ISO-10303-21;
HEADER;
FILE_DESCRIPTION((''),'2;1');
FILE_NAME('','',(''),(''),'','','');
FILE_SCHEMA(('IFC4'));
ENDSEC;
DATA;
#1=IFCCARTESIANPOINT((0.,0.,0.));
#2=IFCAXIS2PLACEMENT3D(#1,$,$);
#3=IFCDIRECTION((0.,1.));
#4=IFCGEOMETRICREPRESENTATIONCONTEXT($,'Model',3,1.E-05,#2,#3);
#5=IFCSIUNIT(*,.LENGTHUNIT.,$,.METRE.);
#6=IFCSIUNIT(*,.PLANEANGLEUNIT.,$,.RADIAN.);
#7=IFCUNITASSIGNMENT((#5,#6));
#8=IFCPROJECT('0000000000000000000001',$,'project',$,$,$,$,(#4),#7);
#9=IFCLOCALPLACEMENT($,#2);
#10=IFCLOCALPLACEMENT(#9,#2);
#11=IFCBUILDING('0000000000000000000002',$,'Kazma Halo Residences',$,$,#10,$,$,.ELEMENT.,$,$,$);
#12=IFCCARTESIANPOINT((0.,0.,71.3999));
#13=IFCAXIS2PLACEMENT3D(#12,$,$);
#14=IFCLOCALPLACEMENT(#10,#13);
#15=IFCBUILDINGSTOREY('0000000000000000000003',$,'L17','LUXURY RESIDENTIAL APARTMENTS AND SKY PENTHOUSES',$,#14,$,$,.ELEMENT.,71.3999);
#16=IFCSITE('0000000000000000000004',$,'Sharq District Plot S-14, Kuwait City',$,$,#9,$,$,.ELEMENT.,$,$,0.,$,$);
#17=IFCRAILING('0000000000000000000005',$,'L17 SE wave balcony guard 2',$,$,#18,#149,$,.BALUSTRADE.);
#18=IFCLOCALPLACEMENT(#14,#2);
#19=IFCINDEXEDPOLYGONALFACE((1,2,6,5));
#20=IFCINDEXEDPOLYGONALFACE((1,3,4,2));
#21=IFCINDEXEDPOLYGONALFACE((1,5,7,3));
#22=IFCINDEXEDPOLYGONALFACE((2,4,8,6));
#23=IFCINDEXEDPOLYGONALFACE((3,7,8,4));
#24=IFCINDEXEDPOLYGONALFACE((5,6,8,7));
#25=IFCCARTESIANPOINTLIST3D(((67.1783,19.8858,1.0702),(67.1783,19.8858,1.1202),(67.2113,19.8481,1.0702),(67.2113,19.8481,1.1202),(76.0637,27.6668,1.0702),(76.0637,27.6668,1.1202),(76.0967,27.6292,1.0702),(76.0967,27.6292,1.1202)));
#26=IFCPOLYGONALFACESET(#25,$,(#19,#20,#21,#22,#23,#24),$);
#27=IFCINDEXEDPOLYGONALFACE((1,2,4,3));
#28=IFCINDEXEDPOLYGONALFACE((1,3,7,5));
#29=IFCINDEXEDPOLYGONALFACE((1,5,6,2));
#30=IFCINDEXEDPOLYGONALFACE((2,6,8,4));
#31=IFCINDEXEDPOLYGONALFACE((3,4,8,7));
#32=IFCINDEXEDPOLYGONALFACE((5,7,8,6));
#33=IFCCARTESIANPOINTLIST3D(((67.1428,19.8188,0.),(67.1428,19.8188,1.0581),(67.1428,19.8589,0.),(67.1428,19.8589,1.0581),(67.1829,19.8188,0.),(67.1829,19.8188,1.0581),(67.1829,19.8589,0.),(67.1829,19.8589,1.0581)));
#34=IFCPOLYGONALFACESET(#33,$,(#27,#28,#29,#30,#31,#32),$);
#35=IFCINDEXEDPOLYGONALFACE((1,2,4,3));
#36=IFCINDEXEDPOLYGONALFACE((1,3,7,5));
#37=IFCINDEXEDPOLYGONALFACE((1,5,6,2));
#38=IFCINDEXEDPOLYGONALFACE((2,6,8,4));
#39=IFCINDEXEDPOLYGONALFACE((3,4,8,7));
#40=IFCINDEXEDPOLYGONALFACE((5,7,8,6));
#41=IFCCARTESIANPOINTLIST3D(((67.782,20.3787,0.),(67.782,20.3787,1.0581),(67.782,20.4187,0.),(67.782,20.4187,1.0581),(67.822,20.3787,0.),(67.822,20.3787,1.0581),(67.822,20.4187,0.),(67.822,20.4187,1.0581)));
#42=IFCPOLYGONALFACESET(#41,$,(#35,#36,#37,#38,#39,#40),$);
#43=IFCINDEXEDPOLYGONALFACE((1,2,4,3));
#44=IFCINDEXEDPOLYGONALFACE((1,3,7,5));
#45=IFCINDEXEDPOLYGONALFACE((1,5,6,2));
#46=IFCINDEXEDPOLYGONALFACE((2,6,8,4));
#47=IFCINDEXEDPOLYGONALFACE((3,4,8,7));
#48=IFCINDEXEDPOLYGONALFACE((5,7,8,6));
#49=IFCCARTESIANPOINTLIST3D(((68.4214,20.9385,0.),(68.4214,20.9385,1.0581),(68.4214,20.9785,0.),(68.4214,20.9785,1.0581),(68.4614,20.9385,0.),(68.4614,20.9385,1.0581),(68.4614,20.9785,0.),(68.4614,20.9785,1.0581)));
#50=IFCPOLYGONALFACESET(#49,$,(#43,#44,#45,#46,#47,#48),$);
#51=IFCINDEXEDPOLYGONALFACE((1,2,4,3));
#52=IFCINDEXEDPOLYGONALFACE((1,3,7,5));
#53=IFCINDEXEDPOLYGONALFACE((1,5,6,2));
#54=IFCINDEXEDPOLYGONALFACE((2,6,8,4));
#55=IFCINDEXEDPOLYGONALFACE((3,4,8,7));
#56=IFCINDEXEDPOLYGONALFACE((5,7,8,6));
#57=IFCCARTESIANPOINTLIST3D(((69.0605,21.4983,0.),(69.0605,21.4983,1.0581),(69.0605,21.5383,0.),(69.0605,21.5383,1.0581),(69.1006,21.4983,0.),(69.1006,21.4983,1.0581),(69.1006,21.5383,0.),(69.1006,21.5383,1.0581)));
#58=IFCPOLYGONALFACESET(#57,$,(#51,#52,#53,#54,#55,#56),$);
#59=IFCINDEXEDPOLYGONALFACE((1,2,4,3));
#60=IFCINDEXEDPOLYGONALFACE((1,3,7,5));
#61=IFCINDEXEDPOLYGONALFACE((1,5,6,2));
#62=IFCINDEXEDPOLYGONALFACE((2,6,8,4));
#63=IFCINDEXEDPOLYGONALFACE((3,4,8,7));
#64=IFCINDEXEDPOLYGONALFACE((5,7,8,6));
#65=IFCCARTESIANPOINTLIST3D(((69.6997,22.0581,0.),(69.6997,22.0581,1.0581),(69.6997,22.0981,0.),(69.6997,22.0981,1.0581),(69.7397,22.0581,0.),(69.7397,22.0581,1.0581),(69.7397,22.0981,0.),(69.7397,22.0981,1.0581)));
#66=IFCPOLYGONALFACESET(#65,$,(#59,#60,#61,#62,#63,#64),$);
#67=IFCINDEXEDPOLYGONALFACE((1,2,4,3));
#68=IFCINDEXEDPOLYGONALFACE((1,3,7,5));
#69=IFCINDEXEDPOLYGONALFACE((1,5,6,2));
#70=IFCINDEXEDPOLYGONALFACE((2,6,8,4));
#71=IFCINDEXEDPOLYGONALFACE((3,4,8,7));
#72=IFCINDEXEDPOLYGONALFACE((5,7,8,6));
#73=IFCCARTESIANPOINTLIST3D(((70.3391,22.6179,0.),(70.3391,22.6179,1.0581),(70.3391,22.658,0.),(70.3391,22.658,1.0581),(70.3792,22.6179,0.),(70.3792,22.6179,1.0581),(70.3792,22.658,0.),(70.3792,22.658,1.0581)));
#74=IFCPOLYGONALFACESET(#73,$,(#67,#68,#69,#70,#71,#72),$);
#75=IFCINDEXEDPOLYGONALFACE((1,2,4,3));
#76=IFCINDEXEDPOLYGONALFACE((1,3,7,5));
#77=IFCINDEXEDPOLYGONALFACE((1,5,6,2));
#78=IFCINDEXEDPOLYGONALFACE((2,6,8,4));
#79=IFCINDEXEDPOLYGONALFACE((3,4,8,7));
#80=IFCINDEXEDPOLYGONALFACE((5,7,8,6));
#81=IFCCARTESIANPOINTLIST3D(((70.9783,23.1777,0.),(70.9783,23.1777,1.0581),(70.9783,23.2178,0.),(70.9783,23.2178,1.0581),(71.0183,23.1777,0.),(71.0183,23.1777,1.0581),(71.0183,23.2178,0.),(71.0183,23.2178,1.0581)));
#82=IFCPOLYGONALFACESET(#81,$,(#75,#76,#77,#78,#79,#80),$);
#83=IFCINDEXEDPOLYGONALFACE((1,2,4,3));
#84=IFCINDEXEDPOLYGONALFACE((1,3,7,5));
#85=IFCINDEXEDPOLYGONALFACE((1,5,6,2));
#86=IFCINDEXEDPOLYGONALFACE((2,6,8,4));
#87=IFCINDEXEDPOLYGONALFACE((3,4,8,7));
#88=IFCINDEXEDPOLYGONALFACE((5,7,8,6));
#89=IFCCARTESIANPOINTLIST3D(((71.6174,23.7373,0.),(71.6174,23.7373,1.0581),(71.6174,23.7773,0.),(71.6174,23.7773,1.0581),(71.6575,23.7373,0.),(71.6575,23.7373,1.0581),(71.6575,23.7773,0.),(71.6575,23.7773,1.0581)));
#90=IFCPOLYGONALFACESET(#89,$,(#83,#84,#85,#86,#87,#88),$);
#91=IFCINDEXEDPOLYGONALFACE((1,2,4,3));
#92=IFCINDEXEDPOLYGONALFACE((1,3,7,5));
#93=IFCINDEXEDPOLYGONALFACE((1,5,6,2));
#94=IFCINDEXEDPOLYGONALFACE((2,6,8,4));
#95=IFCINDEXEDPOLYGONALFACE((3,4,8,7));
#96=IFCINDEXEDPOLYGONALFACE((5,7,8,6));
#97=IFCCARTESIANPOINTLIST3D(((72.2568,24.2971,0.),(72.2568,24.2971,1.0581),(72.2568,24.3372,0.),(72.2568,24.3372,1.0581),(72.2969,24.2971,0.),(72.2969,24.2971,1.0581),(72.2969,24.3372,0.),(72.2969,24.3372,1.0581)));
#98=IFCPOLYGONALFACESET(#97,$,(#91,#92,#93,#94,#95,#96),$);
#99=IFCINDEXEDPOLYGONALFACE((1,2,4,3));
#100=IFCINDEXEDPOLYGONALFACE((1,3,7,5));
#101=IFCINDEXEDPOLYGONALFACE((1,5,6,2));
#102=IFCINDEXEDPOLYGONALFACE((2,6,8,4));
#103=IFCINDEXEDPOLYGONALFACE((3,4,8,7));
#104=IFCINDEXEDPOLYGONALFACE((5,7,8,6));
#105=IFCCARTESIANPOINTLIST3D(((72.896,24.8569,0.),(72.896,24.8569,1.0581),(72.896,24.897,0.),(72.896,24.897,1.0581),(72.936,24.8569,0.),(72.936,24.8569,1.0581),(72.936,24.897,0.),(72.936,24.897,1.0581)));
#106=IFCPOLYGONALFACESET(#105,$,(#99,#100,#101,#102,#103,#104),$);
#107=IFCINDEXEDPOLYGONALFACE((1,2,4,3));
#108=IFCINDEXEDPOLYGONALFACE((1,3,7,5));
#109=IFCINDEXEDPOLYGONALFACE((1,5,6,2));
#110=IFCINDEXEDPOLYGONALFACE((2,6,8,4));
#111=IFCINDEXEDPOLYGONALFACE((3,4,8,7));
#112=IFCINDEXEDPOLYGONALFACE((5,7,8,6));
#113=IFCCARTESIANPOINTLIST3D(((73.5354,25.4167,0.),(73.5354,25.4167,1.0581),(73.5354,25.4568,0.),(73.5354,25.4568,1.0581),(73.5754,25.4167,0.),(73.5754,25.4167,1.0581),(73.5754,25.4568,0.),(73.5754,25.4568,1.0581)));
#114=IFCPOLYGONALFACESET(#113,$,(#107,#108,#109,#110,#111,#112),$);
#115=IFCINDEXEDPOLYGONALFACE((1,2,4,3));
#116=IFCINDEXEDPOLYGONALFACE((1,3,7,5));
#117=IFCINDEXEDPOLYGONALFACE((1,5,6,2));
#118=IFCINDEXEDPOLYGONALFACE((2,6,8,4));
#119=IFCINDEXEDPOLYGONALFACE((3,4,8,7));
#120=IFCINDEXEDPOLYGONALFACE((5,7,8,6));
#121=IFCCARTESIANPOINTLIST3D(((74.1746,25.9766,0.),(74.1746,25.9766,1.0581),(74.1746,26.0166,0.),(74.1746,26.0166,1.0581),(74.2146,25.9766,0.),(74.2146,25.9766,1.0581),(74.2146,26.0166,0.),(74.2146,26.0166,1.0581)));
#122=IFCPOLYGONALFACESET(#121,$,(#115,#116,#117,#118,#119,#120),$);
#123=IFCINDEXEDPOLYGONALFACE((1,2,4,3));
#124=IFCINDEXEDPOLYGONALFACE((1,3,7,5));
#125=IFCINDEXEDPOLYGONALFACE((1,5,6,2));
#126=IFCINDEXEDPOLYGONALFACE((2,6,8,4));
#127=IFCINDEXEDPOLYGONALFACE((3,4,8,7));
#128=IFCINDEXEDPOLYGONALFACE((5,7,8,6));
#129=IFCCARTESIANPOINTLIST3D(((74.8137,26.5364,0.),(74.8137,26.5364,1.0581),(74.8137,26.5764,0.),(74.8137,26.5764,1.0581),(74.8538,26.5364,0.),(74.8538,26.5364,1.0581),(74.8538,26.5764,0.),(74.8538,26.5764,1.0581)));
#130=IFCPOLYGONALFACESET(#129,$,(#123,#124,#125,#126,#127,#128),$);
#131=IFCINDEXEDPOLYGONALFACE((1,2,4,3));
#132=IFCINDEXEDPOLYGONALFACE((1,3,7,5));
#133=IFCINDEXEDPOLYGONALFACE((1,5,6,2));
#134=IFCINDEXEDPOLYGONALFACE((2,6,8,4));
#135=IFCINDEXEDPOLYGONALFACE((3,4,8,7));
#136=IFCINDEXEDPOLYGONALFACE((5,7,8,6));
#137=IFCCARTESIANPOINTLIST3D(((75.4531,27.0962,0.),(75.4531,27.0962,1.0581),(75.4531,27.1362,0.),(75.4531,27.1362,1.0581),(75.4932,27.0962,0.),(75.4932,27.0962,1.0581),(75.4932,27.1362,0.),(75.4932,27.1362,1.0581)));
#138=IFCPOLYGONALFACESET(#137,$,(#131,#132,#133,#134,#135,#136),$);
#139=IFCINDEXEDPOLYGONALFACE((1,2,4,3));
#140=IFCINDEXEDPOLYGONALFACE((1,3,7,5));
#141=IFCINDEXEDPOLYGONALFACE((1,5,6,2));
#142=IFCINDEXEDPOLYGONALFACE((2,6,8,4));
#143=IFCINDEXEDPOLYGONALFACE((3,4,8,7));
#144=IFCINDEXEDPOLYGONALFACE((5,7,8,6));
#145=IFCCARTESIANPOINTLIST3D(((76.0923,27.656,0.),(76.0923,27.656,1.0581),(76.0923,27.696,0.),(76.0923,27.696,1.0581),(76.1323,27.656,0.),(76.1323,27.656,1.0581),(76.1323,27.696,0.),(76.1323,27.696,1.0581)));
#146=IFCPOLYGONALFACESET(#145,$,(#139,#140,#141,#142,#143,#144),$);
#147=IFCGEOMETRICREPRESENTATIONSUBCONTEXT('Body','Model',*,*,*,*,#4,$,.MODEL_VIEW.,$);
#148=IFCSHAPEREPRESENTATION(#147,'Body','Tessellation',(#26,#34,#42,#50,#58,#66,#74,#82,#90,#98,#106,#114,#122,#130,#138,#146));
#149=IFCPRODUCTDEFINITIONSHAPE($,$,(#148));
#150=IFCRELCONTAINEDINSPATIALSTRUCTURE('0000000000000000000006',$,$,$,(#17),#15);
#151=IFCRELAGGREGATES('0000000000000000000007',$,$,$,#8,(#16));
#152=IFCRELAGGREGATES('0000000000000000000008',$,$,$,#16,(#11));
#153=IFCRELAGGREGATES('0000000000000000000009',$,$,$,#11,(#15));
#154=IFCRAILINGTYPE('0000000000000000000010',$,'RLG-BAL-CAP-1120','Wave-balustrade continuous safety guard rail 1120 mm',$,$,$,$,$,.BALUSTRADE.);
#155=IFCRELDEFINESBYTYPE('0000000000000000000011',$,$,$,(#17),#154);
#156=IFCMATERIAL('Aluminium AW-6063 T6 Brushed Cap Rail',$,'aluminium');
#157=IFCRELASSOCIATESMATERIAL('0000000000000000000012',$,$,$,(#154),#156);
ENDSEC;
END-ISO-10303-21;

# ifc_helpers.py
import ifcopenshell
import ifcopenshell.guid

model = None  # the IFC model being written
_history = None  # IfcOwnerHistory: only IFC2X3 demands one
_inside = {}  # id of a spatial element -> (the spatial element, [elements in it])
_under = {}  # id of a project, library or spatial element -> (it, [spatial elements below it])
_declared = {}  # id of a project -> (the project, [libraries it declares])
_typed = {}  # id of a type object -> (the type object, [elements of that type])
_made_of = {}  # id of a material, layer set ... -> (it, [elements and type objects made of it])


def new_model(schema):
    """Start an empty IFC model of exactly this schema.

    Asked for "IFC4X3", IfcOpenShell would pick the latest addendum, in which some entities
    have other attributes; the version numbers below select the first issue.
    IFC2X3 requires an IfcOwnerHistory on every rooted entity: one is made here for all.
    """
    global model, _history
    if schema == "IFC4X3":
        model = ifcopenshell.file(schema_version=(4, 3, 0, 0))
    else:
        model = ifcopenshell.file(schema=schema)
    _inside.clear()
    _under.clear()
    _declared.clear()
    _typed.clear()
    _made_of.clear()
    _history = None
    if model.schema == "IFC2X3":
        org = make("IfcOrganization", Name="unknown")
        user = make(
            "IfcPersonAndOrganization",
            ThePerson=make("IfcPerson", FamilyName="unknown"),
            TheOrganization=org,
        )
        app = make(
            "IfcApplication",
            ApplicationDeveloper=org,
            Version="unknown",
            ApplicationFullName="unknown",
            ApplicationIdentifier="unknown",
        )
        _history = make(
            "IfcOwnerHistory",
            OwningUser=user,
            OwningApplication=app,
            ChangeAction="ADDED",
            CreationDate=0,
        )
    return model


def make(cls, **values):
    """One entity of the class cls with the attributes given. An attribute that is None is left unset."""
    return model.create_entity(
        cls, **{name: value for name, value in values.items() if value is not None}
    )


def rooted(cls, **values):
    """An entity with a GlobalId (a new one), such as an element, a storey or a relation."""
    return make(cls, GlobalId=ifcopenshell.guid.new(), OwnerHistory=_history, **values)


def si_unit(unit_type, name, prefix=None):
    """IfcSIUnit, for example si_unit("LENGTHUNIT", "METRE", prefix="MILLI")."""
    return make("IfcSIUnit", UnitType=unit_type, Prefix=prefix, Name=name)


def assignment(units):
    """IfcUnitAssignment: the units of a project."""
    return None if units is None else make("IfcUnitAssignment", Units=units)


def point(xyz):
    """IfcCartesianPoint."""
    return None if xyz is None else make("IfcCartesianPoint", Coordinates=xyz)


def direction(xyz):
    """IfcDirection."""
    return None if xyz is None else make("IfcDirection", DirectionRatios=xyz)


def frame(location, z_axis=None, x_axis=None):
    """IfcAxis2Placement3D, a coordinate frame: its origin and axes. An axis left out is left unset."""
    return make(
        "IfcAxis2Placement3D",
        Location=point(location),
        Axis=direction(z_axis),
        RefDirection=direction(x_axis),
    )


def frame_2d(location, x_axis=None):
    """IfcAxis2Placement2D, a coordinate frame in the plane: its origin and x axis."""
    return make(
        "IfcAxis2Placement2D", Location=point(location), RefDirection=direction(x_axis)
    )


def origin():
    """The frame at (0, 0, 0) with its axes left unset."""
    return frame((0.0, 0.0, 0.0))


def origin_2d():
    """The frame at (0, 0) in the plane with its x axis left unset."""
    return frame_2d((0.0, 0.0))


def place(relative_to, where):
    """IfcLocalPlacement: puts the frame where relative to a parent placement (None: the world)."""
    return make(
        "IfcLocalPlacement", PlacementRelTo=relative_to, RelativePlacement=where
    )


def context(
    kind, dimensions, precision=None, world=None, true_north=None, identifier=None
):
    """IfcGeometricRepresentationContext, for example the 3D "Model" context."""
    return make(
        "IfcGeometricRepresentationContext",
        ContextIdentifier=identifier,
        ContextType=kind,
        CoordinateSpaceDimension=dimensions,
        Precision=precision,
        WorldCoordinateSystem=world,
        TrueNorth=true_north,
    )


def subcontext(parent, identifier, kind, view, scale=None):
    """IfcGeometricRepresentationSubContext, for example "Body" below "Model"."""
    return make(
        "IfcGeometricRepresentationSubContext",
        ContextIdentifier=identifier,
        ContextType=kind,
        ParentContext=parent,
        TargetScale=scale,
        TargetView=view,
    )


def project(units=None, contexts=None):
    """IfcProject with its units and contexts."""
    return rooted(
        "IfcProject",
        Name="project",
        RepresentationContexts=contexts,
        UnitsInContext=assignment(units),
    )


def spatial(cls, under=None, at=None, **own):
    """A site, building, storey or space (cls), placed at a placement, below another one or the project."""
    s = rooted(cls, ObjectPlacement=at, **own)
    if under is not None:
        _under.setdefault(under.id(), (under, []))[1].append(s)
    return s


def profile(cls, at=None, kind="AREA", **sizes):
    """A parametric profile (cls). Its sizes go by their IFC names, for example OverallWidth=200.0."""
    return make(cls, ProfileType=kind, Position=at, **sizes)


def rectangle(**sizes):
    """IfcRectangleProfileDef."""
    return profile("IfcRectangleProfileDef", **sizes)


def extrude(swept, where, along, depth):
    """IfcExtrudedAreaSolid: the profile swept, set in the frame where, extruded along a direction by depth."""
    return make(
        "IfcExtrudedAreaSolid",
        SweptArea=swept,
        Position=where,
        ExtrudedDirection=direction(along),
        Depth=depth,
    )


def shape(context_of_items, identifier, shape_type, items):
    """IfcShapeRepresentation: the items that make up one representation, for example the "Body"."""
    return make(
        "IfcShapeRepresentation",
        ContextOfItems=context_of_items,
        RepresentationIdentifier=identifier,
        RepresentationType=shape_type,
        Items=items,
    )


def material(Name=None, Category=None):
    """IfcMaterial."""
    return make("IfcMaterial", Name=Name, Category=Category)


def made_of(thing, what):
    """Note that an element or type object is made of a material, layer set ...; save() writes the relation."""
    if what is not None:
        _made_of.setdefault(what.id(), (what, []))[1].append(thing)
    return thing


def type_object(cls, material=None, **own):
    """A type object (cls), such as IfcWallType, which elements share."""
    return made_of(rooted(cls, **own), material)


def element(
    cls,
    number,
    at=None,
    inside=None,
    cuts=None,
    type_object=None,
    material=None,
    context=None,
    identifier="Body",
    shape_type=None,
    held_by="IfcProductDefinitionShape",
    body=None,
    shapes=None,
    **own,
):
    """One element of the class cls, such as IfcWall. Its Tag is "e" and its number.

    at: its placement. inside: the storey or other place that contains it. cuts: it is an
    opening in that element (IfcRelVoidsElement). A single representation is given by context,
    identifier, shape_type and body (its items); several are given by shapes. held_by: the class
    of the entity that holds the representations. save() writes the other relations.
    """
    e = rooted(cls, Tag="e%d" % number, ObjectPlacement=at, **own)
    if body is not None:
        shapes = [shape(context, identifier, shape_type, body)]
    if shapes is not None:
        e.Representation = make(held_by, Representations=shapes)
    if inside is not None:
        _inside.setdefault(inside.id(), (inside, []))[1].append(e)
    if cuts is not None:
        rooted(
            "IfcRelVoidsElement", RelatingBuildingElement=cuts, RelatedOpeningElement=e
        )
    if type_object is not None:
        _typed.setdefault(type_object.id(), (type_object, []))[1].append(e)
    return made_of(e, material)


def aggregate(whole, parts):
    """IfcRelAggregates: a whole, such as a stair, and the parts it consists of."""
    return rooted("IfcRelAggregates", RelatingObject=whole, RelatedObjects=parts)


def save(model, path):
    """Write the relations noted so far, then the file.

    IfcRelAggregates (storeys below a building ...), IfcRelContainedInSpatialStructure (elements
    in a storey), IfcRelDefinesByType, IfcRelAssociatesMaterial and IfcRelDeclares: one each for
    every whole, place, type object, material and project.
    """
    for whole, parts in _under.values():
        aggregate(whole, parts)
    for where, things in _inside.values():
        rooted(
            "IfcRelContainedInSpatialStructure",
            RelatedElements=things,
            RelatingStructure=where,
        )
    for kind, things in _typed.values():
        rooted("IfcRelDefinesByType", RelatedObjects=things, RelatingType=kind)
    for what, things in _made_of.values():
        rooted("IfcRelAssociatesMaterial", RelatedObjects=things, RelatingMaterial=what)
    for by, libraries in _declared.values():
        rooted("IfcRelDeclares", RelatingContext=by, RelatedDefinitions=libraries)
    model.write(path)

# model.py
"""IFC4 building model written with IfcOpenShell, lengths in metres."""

from ifc_helpers import new_model, si_unit, direction, frame, origin, origin_2d, place, context, subcontext, project, spatial, rectangle, extrude, material, type_object, element, save


model = new_model("IFC4")

# Units and contexts
model_context = context("Model", 3, precision=1e-05, world=origin(), true_north=direction((0.0, 1.0)))
body_context = subcontext(model_context, "Body", "Model", "MODEL_VIEW")
ifc_project = project(units=[si_unit("LENGTHUNIT", "METRE"), si_unit("PLANEANGLEUNIT", "RADIAN")], contexts=[model_context])

# Site, building, storey
site_placement = place(None, origin())
site = spatial("IfcSite", under=ifc_project, at=site_placement, Name="Sharq District Plot S-14, Kuwait City", CompositionType="ELEMENT", RefElevation=0.0)
building_placement = place(site_placement, origin())
building = spatial("IfcBuilding", under=site, at=building_placement, Name="Kazma Halo Residences", CompositionType="ELEMENT")
storey_placement = place(building_placement, frame((0.0, 0.0, 71.3999)))
storey = spatial("IfcBuildingStorey", under=building, at=storey_placement, Name="L17", Description="LUXURY RESIDENTIAL APARTMENTS AND SKY PENTHOUSES", CompositionType="ELEMENT", Elevation=71.3999)

# Railing
ifc_material_1 = material(Name="Aluminium AW-6063 T6 Brushed Cap Rail", Category="aluminium")
railing_type = type_object("IfcRailingType", Name="RLG-BAL-CAP-1120", Description="Wave-balustrade continuous safety guard rail 1120 mm", PredefinedType="BALUSTRADE", material=ifc_material_1)
railing_1_placement = place(storey_placement, frame((67.1628, 19.8389, 0.0)))
element("IfcRailing", 1, at=railing_1_placement, inside=storey, type_object=railing_type, Name="L17 SE wave balcony guard 2", PredefinedType="BALUSTRADE", context=body_context, shape_type="SweptSolid", body=[
    extrude(rectangle(XDim=0.05, YDim=0.05, at=origin_2d()), frame((0.032, 0.0281, 1.0952), z_axis=(0.752311, 0.658808, 0.0), x_axis=(-0.658808, 0.752311, 0.0)), (0.0, 0.0, 1.0), 11.8108),
    extrude(rectangle(XDim=0.04, YDim=0.04, at=origin_2d()), origin(), (0.0, 0.0, 1.0), 1.0581),
    extrude(rectangle(XDim=0.04, YDim=0.04, at=origin_2d()), frame((0.6392, 0.5598, 0.0)), (0.0, 0.0, 1.0), 1.0581),
    extrude(rectangle(XDim=0.04, YDim=0.04, at=origin_2d()), frame((1.2786, 1.1196, 0.0)), (0.0, 0.0, 1.0), 1.0581),
    extrude(rectangle(XDim=0.04, YDim=0.04, at=origin_2d()), frame((1.9177, 1.6794, 0.0)), (0.0, 0.0, 1.0), 1.0581),
    extrude(rectangle(XDim=0.04, YDim=0.04, at=origin_2d()), frame((2.5569, 2.2393, 0.0)), (0.0, 0.0, 1.0), 1.0581),
    extrude(rectangle(XDim=0.04, YDim=0.04, at=origin_2d()), frame((3.1963, 2.7991, 0.0)), (0.0, 0.0, 1.0), 1.0581),
    extrude(rectangle(XDim=0.04, YDim=0.04, at=origin_2d()), frame((3.8354, 3.3589, 0.0)), (0.0, 0.0, 1.0), 1.0581),
    extrude(rectangle(XDim=0.04, YDim=0.04, at=origin_2d()), frame((4.4746, 3.9185, 0.0)), (0.0, 0.0, 1.0), 1.0581),
    extrude(rectangle(XDim=0.04, YDim=0.04, at=origin_2d()), frame((5.114, 4.4783, 0.0)), (0.0, 0.0, 1.0), 1.0581),
    extrude(rectangle(XDim=0.04, YDim=0.04, at=origin_2d()), frame((5.7532, 5.0381, 0.0)), (0.0, 0.0, 1.0), 1.0581),
    extrude(rectangle(XDim=0.04, YDim=0.04, at=origin_2d()), frame((6.3926, 5.5979, 0.0)), (0.0, 0.0, 1.0), 1.0581),
    extrude(rectangle(XDim=0.04, YDim=0.04, at=origin_2d()), frame((7.0317, 6.1577, 0.0)), (0.0, 0.0, 1.0), 1.0581),
    extrude(rectangle(XDim=0.04, YDim=0.04, at=origin_2d()), frame((7.6709, 6.7175, 0.0)), (0.0, 0.0, 1.0), 1.0581),
    extrude(rectangle(XDim=0.04, YDim=0.04, at=origin_2d()), frame((8.3103, 7.2773, 0.0)), (0.0, 0.0, 1.0), 1.0581),
    extrude(rectangle(XDim=0.04, YDim=0.04, at=origin_2d()), frame((8.9495, 7.8372, 0.0)), (0.0, 0.0, 1.0), 1.0581),
])

save(model, "model.ifc")
